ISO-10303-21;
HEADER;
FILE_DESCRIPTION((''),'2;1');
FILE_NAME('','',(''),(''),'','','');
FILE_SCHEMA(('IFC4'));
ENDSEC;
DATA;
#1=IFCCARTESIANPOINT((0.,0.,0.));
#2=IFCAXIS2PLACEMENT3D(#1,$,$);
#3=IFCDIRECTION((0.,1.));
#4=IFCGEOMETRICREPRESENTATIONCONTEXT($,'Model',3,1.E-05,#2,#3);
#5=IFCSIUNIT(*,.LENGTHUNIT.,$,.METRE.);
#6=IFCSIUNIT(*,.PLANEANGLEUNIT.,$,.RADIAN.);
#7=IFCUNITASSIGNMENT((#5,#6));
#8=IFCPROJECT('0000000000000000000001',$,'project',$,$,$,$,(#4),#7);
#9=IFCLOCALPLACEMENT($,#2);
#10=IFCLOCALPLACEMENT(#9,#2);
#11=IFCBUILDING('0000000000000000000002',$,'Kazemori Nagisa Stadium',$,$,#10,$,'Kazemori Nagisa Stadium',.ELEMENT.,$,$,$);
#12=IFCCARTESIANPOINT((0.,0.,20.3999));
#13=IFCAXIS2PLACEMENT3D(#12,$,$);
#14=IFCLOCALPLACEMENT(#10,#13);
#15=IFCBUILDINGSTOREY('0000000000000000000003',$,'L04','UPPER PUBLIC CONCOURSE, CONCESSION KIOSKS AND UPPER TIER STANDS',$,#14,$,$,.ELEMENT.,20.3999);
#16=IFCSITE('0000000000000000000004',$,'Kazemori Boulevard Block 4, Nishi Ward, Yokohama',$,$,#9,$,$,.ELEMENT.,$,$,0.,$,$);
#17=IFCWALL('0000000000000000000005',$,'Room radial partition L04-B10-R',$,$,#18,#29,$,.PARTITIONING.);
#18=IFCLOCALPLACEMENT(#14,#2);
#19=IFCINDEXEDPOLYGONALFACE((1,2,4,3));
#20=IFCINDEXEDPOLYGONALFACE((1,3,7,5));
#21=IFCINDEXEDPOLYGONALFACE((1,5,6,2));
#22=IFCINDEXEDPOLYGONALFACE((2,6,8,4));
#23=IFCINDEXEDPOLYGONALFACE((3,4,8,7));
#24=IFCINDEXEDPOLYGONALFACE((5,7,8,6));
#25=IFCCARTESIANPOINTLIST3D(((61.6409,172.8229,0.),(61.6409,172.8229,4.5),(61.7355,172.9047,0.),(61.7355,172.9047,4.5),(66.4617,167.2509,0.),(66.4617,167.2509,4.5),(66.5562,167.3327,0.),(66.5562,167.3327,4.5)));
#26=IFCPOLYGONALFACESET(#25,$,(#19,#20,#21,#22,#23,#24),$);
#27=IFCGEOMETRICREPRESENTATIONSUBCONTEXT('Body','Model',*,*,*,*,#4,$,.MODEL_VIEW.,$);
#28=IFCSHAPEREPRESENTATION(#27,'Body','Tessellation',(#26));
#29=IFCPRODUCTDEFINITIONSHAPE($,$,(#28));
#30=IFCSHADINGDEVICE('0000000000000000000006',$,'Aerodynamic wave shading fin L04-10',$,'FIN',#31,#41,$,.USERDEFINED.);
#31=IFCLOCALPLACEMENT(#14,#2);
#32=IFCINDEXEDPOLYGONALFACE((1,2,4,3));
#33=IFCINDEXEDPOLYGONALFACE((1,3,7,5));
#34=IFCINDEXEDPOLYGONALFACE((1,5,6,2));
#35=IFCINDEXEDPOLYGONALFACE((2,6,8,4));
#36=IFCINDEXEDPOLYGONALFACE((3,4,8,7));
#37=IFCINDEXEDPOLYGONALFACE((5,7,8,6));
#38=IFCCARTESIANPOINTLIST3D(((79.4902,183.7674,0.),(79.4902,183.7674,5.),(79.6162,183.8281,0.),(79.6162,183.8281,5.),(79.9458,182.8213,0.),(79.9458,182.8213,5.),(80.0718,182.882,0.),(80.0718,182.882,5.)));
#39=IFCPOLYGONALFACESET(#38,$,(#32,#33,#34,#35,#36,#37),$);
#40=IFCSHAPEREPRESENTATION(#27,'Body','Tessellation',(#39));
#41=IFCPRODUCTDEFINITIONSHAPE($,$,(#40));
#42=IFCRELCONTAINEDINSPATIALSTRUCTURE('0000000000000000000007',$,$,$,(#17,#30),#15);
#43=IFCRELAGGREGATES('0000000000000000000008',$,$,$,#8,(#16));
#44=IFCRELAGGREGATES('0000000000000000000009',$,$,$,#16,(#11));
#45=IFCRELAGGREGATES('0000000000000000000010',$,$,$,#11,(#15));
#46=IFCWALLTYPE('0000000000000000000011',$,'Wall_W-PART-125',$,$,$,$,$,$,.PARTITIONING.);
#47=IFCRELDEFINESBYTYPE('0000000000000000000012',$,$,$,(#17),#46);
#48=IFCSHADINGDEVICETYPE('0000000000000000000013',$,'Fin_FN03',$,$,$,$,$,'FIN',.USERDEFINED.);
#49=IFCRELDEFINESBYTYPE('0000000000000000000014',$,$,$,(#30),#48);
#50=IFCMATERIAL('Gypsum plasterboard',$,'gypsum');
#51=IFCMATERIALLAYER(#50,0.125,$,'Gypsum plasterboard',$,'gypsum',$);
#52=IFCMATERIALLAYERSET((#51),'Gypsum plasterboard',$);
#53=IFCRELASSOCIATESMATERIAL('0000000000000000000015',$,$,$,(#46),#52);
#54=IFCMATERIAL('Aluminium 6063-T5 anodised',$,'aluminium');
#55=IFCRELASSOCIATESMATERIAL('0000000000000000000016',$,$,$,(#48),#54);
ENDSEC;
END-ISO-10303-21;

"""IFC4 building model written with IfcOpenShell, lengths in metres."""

from ifc_helpers import new_model, si_unit, direction, frame, frame_2d, origin, origin_2d, place, context, subcontext, project, spatial, rectangle, extrude, material, layer, layer_set, type_object, element, save


model = new_model("IFC4")

# Units and contexts
model_context = context("Model", 3, precision=1e-05, world=origin(), true_north=direction((0.0, 1.0)))
body_context = subcontext(model_context, "Body", "Model", "MODEL_VIEW")
ifc_project = project(units=[si_unit("LENGTHUNIT", "METRE"), si_unit("PLANEANGLEUNIT", "RADIAN")], contexts=[model_context])

# Site, building, storey
site_placement = place(None, origin())
site = spatial("IfcSite", under=ifc_project, at=site_placement, Name="Kazemori Boulevard Block 4, Nishi Ward, Yokohama", CompositionType="ELEMENT", RefElevation=0.0)
building_placement = place(site_placement, origin())
building = spatial("IfcBuilding", under=site, at=building_placement, Name="Kazemori Nagisa Stadium", LongName="Kazemori Nagisa Stadium", CompositionType="ELEMENT")
storey_placement = place(building_placement, frame((0.0, 0.0, 20.3999)))
storey = spatial("IfcBuildingStorey", under=building, at=storey_placement, Name="L04", Description="UPPER PUBLIC CONCOURSE, CONCESSION KIOSKS AND UPPER TIER STANDS", CompositionType="ELEMENT", Elevation=20.3999)

# Shared definitions
ifc_material_1 = material(Name="Aluminium 6063-T5 anodised", Category="aluminium")

# Wall
ifc_material_2 = material(Name="Gypsum plasterboard", Category="gypsum")
ifc_layer_1 = layer(ifc_material_2, 0.125, Name="Gypsum plasterboard", Category="gypsum")
ifc_layer_set_1 = layer_set([ifc_layer_1], Name="Gypsum plasterboard")
wall_type = type_object("IfcWallType", Name="Wall_W-PART-125", PredefinedType="PARTITIONING", material=ifc_layer_set_1)
wall_placement = place(storey_placement, frame((66.509, 167.2917, 0.0), z_axis=(0.0, 0.0, 1.0), x_axis=(-0.654288, 0.756245, 0.0)))
element("IfcWall", 1, at=wall_placement, inside=storey, type_object=wall_type, Name="Room radial partition L04-B10-R", PredefinedType="PARTITIONING", context=body_context, shape_type="SweptSolid", body=[
    extrude(rectangle(XDim=7.3679, YDim=0.125, at=frame_2d((3.6841, 0.0))), origin(), (0.0, 0.0, 1.0), 4.5),
])

# Shading device
shading_device_type = type_object("IfcShadingDeviceType", Name="Fin_FN03", ElementType="FIN", PredefinedType="USERDEFINED", material=ifc_material_1)
shading_device_placement = place(storey_placement, frame((79.781, 183.3247, 0.0), z_axis=(0.0, 0.0, 1.0), x_axis=(-0.433884, 0.900969, 0.0)))
element("IfcShadingDevice", 2, at=shading_device_placement, inside=storey, type_object=shading_device_type, Name="Aerodynamic wave shading fin L04-10", ObjectType="FIN", PredefinedType="USERDEFINED", context=body_context, shape_type="SweptSolid", body=[
    extrude(rectangle(XDim=1.05, YDim=0.1399, at=origin_2d()), origin(), (0.0, 0.0, 1.0), 5.0),
])

save(model, "model.ifc")
